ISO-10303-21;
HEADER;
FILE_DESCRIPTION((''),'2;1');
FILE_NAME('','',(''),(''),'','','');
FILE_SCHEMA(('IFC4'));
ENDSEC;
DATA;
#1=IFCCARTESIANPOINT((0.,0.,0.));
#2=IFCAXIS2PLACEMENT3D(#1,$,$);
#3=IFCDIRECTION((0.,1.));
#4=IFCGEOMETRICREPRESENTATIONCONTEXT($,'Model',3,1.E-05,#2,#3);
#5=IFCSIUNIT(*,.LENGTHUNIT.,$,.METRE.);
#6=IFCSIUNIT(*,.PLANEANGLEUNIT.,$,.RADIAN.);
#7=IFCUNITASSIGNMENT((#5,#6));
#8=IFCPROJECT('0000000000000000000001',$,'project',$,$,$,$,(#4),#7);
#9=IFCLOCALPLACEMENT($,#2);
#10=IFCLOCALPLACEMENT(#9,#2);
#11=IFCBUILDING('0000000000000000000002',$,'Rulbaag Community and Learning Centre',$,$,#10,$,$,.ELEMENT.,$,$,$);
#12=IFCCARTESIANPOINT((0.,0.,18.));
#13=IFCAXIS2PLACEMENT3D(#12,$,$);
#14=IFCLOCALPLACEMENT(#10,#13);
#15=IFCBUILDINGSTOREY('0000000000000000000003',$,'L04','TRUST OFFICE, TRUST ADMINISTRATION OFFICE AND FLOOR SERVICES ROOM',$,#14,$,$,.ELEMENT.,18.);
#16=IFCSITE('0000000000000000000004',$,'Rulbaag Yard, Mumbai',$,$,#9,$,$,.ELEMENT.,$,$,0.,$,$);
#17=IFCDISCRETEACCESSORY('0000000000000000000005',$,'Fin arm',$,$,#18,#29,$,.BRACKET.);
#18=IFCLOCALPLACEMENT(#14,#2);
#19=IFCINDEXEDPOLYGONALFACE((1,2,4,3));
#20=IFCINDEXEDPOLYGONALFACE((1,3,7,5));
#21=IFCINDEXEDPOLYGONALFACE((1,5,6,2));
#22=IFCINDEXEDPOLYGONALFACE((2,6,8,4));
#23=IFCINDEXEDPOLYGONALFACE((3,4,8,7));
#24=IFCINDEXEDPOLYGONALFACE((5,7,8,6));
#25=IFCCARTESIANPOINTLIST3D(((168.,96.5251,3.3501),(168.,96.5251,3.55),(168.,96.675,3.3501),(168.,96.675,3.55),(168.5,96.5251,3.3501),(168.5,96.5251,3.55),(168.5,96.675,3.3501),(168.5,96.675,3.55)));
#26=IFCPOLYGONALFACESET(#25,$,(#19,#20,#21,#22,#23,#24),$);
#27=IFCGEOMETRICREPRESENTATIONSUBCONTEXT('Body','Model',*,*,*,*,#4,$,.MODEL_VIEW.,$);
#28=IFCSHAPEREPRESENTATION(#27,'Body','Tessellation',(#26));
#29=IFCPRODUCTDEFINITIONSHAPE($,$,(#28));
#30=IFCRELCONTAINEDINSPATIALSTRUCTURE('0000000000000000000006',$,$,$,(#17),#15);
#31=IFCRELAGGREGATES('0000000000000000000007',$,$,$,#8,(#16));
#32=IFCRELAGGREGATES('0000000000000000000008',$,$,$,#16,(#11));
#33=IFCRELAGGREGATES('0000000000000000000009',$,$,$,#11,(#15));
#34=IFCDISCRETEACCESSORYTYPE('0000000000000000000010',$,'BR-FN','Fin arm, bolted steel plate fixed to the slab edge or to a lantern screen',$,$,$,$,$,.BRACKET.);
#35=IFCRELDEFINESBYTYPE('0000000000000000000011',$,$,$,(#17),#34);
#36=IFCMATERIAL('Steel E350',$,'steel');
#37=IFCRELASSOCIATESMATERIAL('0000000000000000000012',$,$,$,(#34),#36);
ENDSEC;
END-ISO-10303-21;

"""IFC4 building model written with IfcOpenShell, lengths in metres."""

from ifc_helpers import new_model, si_unit, direction, frame, origin, origin_2d, place, context, subcontext, project, spatial, rectangle, extrude, material, type_object, element, save


model = new_model("IFC4")

# Units and contexts
model_context = context("Model", 3, precision=1e-05, world=origin(), true_north=direction((0.0, 1.0)))
body_context = subcontext(model_context, "Body", "Model", "MODEL_VIEW")
ifc_project = project(units=[si_unit("LENGTHUNIT", "METRE"), si_unit("PLANEANGLEUNIT", "RADIAN")], contexts=[model_context])

# Site, building, storey
site_placement = place(None, origin())
site = spatial("IfcSite", under=ifc_project, at=site_placement, Name="Rulbaag Yard, Mumbai", CompositionType="ELEMENT", RefElevation=0.0)
building_placement = place(site_placement, origin())
building = spatial("IfcBuilding", under=site, at=building_placement, Name="Rulbaag Community and Learning Centre", CompositionType="ELEMENT")
storey_placement = place(building_placement, frame((0.0, 0.0, 18.0)))
storey = spatial("IfcBuildingStorey", under=building, at=storey_placement, Name="L04", Description="TRUST OFFICE, TRUST ADMINISTRATION OFFICE AND FLOOR SERVICES ROOM", CompositionType="ELEMENT", Elevation=18.0)

# Discrete accessory
ifc_material_1 = material(Name="Steel E350", Category="steel")
discrete_accessory_type = type_object("IfcDiscreteAccessoryType", Name="BR-FN", Description="Fin arm, bolted steel plate fixed to the slab edge or to a lantern screen", PredefinedType="BRACKET", material=ifc_material_1)
for number, where, z_axis, x_axis, name in (
    (1, (168.25, 96.6001, 3.3501), (0.0, 0.0, 1.0), (1.0, 0.0, 0.0), "Fin arm"),
):
    element("IfcDiscreteAccessory", number, at=place(storey_placement, frame(where, z_axis=z_axis, x_axis=x_axis)), inside=storey, type_object=discrete_accessory_type, Name=name, PredefinedType="BRACKET", context=body_context, shape_type="SweptSolid", body=[
        extrude(rectangle(XDim=0.5, YDim=0.1499, at=origin_2d()), origin(), (0.0, 0.0, 1.0), 0.2),
    ])

save(model, "model.ifc")
